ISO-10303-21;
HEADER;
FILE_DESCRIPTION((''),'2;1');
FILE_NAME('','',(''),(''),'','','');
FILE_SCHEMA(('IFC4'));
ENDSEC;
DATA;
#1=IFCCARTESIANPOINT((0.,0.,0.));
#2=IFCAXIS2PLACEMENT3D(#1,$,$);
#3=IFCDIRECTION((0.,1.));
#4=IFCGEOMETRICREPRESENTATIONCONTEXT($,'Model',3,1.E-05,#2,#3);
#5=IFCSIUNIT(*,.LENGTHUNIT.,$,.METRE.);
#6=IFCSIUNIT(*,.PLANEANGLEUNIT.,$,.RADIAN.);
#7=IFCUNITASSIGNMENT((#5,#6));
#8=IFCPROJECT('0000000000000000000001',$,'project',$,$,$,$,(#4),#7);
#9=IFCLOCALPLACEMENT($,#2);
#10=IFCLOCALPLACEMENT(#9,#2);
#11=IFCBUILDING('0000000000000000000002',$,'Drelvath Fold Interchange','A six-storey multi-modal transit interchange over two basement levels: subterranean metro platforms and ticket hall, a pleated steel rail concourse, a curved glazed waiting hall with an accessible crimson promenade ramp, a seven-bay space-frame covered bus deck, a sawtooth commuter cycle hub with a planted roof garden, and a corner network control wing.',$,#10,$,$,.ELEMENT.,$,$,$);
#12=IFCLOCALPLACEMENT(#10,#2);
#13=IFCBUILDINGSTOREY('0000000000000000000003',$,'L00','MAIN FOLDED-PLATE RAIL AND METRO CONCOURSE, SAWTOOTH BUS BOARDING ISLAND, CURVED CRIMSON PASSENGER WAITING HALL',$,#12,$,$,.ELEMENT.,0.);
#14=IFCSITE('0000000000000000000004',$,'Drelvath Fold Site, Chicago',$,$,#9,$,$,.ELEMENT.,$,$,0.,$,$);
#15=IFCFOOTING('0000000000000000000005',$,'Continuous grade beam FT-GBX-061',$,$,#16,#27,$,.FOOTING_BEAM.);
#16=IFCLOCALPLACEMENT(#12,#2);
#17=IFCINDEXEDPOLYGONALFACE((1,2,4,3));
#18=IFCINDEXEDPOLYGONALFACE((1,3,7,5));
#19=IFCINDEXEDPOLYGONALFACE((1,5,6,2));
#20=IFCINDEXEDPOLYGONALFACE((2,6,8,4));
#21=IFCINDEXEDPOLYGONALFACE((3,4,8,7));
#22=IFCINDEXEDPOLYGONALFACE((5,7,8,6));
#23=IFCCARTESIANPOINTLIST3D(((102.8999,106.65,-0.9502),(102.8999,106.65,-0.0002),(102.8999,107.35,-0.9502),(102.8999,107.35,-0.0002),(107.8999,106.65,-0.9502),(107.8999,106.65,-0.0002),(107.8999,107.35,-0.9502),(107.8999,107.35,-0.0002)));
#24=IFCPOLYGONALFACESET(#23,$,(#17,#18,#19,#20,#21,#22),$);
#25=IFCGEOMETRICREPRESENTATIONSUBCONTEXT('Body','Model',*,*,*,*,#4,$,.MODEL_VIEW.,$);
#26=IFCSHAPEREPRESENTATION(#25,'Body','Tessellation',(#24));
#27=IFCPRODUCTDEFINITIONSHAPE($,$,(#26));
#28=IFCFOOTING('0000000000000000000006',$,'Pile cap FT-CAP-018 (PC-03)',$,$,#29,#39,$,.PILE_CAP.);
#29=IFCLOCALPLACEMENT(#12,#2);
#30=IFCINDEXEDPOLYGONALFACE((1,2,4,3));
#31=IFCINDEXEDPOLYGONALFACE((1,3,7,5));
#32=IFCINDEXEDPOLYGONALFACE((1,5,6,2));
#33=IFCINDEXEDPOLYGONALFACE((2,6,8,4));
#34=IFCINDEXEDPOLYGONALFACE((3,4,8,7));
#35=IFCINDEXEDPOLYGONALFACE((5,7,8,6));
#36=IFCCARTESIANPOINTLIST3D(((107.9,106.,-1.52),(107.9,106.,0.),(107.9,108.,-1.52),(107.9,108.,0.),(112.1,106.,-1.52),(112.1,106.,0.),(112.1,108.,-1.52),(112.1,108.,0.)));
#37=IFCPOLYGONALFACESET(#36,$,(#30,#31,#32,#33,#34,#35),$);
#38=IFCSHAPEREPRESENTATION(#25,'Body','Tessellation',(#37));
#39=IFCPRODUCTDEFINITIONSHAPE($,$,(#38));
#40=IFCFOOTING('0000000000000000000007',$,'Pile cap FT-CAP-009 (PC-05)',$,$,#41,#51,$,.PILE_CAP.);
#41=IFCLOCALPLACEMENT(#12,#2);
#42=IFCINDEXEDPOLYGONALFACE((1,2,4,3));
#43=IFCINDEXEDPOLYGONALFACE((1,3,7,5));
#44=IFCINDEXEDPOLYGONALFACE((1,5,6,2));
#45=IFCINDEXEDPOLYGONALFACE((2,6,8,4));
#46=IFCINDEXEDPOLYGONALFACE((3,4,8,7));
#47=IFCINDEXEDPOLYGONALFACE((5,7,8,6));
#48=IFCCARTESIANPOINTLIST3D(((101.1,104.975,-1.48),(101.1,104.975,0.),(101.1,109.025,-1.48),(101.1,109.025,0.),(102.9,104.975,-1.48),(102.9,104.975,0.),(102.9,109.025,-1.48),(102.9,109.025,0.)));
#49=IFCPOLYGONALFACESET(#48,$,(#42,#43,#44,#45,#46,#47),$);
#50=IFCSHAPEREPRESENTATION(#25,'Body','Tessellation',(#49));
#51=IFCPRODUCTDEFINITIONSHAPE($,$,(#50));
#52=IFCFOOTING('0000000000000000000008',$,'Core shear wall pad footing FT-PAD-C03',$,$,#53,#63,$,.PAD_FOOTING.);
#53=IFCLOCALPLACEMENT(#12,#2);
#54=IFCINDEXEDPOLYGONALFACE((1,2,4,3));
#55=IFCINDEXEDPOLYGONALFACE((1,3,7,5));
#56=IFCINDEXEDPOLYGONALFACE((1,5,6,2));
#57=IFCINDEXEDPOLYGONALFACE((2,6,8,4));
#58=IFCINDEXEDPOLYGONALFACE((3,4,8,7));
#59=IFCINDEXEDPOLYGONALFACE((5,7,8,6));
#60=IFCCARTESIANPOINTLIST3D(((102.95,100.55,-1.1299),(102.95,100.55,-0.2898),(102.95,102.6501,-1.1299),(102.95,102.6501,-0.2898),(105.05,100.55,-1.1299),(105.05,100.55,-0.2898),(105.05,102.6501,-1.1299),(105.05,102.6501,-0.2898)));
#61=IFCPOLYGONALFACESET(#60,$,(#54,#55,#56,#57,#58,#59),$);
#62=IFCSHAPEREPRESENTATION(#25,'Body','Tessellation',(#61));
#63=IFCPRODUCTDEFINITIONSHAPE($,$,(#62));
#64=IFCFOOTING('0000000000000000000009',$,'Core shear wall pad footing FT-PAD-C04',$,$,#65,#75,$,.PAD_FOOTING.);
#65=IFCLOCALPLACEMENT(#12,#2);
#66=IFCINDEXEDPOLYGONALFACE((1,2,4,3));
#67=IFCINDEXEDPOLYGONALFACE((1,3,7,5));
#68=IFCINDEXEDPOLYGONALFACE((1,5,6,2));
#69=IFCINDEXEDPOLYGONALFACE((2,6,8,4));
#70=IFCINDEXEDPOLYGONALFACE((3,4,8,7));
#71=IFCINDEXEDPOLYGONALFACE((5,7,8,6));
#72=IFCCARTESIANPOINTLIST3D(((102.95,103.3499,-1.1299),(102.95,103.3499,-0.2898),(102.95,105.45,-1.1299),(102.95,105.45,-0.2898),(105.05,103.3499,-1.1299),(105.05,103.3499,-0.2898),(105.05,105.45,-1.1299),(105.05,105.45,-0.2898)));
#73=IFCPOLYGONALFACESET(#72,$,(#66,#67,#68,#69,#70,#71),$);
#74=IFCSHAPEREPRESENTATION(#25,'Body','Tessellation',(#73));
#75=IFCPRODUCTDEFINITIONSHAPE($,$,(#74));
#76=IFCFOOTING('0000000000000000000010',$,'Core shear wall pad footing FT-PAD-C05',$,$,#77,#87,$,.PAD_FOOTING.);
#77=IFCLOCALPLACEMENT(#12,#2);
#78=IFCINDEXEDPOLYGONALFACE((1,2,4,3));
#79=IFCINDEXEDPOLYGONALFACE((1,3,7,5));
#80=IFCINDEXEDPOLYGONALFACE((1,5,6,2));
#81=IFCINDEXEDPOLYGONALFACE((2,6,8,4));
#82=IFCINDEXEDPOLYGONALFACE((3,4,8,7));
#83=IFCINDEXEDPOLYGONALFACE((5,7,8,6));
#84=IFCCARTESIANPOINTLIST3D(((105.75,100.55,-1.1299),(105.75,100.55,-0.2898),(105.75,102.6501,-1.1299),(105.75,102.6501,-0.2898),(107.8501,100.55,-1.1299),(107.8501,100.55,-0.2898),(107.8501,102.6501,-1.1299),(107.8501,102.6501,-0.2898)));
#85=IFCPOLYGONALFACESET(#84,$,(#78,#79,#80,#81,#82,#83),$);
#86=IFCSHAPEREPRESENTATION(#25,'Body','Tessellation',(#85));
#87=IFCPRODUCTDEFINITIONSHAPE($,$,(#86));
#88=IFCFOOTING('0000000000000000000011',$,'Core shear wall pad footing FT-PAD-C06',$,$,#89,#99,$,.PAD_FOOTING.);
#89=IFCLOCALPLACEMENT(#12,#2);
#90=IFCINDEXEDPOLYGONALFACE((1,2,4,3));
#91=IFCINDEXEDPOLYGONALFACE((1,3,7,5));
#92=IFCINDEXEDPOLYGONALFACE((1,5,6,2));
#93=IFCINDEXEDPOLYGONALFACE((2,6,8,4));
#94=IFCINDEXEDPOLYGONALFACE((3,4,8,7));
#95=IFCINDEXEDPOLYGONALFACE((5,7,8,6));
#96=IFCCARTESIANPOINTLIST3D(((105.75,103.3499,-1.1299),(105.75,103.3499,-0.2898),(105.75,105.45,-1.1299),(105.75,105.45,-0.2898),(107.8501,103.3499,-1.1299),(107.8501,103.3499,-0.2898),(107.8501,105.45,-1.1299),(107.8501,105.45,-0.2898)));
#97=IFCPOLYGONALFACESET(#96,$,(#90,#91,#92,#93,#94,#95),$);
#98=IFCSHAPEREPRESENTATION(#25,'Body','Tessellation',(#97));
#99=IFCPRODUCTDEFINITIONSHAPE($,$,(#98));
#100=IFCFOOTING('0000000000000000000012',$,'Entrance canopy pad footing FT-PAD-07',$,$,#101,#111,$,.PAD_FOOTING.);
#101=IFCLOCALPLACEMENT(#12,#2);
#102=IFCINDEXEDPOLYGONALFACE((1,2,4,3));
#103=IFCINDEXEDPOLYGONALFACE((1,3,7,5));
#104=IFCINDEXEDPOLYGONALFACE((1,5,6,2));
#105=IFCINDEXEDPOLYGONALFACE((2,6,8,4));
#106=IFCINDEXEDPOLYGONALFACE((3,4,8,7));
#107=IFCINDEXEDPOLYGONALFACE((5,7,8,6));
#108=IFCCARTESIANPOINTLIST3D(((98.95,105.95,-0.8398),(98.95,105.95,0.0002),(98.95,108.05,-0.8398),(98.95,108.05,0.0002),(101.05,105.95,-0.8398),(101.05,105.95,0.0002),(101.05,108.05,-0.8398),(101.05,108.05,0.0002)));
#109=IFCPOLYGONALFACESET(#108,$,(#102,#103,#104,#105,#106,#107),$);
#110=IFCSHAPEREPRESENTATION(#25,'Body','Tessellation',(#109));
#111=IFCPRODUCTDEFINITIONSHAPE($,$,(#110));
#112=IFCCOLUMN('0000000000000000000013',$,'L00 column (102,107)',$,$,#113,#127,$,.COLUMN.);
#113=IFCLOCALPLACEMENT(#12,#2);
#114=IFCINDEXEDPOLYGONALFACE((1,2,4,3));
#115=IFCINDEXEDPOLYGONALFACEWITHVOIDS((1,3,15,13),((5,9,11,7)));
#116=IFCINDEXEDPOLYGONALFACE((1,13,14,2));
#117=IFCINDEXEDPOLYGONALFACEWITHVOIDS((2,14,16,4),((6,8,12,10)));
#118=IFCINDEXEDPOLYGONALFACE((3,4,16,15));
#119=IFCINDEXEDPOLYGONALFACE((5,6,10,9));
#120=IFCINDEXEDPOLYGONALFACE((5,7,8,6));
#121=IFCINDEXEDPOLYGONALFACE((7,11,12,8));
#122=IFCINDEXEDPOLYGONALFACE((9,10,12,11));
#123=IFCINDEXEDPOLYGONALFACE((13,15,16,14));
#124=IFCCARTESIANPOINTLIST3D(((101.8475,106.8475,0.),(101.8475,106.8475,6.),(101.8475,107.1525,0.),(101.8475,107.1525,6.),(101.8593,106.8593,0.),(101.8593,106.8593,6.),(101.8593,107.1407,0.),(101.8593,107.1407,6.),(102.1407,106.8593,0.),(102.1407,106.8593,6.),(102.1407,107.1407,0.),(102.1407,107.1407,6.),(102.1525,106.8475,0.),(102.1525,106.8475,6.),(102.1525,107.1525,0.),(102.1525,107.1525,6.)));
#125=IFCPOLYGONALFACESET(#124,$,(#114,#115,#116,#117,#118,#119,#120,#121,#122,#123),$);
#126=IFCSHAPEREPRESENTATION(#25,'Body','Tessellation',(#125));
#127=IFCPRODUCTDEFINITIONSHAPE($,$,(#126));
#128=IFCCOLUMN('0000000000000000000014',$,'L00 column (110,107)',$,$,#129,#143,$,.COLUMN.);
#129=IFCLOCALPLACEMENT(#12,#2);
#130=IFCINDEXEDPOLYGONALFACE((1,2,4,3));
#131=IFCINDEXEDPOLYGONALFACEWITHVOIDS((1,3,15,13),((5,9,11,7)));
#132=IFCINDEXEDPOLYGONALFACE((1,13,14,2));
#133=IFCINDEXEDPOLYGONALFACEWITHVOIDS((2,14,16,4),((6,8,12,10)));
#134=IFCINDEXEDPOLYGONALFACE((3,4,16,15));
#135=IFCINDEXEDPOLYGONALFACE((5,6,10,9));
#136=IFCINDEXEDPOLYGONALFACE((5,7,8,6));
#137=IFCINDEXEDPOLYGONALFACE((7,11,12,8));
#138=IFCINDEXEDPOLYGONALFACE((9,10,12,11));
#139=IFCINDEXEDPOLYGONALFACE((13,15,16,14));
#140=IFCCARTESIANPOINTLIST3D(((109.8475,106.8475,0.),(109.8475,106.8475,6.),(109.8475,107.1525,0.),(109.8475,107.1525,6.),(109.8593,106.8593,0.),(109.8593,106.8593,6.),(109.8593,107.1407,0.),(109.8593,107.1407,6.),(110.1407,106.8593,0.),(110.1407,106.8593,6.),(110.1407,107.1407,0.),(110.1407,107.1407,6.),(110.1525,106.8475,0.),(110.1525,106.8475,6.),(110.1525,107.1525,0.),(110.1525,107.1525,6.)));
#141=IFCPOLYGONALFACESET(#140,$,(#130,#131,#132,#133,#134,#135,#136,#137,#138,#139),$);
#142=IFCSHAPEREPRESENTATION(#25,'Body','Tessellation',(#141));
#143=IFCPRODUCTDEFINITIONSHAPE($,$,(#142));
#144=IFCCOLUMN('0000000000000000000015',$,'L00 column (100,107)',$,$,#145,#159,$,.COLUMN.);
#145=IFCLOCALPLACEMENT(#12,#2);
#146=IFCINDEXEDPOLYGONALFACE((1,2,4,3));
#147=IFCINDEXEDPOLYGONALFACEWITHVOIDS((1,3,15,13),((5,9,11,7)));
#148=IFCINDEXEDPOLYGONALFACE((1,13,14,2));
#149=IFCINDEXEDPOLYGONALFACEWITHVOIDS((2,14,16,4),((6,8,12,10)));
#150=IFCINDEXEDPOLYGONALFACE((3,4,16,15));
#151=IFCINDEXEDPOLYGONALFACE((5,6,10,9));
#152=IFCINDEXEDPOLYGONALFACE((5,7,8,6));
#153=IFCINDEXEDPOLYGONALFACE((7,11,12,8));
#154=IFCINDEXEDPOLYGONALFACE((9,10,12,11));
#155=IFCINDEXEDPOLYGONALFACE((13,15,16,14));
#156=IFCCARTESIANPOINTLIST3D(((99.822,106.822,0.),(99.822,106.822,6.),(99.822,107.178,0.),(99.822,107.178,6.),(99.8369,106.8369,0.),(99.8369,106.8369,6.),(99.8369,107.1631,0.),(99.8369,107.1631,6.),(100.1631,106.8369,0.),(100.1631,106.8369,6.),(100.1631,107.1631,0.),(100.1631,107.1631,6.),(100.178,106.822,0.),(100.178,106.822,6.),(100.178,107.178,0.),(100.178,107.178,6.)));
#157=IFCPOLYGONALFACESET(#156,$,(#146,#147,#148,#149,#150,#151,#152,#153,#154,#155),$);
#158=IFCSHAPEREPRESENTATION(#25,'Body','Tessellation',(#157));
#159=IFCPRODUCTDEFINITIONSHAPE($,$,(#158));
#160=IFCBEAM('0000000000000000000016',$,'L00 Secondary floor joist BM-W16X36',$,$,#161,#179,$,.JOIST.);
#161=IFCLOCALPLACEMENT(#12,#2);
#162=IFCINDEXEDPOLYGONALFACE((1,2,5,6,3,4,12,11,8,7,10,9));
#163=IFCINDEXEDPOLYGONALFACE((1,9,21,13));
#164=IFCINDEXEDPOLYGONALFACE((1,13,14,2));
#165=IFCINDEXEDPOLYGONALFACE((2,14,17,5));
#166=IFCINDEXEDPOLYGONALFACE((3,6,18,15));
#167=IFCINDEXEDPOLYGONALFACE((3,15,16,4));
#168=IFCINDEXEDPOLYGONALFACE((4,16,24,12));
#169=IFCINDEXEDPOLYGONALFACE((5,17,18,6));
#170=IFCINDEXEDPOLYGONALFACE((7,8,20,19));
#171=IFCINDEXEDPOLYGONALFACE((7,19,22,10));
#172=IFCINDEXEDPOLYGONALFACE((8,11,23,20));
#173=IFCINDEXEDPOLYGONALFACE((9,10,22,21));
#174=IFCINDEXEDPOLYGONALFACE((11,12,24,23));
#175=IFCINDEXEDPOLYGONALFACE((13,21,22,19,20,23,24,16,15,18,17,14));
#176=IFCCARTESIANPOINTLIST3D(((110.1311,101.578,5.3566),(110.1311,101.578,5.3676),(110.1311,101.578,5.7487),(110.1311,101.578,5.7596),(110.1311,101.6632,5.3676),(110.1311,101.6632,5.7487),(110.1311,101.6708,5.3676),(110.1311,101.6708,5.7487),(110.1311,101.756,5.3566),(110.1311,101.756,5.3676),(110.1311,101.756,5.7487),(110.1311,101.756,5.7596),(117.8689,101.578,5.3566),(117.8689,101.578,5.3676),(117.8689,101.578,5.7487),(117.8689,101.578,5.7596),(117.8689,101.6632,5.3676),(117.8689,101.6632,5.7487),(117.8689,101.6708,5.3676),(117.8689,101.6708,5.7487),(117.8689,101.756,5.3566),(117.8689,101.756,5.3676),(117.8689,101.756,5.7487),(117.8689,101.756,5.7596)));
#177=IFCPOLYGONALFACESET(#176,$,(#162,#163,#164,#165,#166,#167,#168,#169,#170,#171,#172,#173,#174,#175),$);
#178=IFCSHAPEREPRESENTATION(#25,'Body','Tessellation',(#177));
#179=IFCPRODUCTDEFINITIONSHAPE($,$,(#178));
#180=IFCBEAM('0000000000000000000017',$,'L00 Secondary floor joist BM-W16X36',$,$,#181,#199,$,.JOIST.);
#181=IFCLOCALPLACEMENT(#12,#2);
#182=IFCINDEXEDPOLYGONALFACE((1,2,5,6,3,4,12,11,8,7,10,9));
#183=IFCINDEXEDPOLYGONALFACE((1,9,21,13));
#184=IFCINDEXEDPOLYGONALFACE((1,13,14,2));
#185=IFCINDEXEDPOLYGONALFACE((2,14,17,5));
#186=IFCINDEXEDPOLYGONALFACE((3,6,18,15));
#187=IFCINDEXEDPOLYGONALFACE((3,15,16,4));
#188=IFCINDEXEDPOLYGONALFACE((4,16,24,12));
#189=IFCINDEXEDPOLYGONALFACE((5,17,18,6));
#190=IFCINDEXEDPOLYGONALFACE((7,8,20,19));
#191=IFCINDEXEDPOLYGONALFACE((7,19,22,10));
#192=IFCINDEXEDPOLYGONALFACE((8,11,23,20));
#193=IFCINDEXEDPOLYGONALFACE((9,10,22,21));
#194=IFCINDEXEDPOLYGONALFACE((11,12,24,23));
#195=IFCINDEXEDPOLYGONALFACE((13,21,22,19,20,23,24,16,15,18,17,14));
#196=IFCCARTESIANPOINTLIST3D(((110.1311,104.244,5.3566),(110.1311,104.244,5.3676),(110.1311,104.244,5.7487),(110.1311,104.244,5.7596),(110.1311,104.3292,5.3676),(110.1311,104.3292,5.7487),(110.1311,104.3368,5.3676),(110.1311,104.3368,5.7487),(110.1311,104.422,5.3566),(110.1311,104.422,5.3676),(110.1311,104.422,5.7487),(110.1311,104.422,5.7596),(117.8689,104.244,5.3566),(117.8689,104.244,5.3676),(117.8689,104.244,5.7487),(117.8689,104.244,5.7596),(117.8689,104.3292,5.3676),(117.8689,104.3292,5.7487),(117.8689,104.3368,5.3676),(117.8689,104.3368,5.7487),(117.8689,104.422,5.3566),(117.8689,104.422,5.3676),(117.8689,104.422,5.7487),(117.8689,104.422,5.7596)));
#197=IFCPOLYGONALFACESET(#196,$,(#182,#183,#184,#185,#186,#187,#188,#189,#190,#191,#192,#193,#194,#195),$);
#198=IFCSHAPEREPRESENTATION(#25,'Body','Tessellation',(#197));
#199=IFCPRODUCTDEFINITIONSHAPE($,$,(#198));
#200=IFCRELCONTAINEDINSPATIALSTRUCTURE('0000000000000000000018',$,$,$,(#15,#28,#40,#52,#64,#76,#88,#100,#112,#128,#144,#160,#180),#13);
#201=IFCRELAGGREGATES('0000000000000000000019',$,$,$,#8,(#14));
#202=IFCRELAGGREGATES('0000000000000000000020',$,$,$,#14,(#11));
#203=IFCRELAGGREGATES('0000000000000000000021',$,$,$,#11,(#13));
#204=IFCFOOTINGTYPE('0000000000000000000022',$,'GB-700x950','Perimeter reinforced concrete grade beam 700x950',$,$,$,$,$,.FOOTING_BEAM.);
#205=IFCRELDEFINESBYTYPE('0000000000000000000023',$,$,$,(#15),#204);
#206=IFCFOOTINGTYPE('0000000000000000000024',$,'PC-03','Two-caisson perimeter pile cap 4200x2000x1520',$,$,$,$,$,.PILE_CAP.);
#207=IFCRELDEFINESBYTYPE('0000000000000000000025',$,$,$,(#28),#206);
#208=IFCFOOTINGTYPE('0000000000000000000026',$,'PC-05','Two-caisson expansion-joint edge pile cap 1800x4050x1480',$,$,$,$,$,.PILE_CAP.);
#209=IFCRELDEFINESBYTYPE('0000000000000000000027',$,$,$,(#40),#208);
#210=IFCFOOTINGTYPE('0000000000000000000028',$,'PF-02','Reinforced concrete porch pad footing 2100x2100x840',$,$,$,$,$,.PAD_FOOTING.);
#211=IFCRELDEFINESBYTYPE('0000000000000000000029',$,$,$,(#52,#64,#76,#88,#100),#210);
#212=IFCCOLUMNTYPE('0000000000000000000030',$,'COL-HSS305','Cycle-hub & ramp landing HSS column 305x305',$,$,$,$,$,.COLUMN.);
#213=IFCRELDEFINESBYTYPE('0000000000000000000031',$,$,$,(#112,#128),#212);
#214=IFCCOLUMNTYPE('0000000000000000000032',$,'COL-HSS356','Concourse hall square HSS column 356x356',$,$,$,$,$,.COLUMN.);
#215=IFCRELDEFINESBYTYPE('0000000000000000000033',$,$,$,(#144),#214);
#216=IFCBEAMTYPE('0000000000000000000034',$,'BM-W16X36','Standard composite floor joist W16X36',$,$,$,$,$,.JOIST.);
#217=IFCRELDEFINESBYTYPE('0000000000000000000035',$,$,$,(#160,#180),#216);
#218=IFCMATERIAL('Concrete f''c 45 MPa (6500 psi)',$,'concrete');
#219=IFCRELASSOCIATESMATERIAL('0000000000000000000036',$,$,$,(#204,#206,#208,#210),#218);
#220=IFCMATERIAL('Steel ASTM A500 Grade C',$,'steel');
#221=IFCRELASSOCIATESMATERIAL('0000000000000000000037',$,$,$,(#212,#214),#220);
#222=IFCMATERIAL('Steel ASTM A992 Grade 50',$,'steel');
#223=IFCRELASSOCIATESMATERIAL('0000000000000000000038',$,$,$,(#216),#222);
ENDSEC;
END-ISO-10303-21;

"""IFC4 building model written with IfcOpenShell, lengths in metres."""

from ifc_helpers import new_model, si_unit, direction, frame, origin, origin_2d, place, context, subcontext, project, spatial, rectangle, hollow_rectangle, i_section, extrude, material, material_profile, profile_set, type_object, element, save


model = new_model("IFC4")

# Units and contexts
model_context = context("Model", 3, precision=1e-05, world=origin(), true_north=direction((0.0, 1.0)))
body_context = subcontext(model_context, "Body", "Model", "MODEL_VIEW")
ifc_project = project(units=[si_unit("LENGTHUNIT", "METRE"), si_unit("PLANEANGLEUNIT", "RADIAN")], contexts=[model_context])

# Site, building, storey
site_placement = place(None, origin())
site = spatial("IfcSite", under=ifc_project, at=site_placement, Name="Drelvath Fold Site, Chicago", CompositionType="ELEMENT", RefElevation=0.0)
building_placement = place(site_placement, origin())
building = spatial("IfcBuilding", under=site, at=building_placement, Name="Drelvath Fold Interchange", Description="A six-storey multi-modal transit interchange over two basement levels: subterranean metro platforms and ticket hall, a pleated steel rail concourse, a curved glazed waiting hall with an accessible crimson promenade ramp, a seven-bay space-frame covered bus deck, a sawtooth commuter cycle hub with a planted roof garden, and a corner network control wing.", CompositionType="ELEMENT")
storey_placement = place(building_placement, origin())
storey = spatial("IfcBuildingStorey", under=building, at=storey_placement, Name="L00", Description="MAIN FOLDED-PLATE RAIL AND METRO CONCOURSE, SAWTOOTH BUS BOARDING ISLAND, CURVED CRIMSON PASSENGER WAITING HALL", CompositionType="ELEMENT", Elevation=0.0)

# Footings
ifc_material_1 = material(Name="Concrete f'c 45 MPa (6500 psi)", Category="concrete")
footing_type_1 = type_object("IfcFootingType", Name="GB-700x950", Description="Perimeter reinforced concrete grade beam 700x950", PredefinedType="FOOTING_BEAM", material=ifc_material_1)
footing_1_placement = place(storey_placement, frame((105.3999, 107.0, -0.9502), z_axis=(0.0, 0.0, 1.0), x_axis=(1.0, 0.0, 0.0)))
element("IfcFooting", 1, at=footing_1_placement, inside=storey, type_object=footing_type_1, Name="Continuous grade beam FT-GBX-061", PredefinedType="FOOTING_BEAM", context=body_context, shape_type="SweptSolid", body=[
    extrude(rectangle(XDim=5.0, YDim=0.7, at=origin_2d()), origin(), (0.0, 0.0, 1.0), 0.95),
])
footing_type_2 = type_object("IfcFootingType", Name="PC-03", Description="Two-caisson perimeter pile cap 4200x2000x1520", PredefinedType="PILE_CAP", material=ifc_material_1)
footing_2_placement = place(storey_placement, frame((110.0, 107.0, -1.52), z_axis=(0.0, 0.0, 1.0), x_axis=(1.0, 0.0, 0.0)))
element("IfcFooting", 2, at=footing_2_placement, inside=storey, type_object=footing_type_2, Name="Pile cap FT-CAP-018 (PC-03)", PredefinedType="PILE_CAP", context=body_context, shape_type="SweptSolid", body=[
    extrude(rectangle(XDim=4.2, YDim=2.0, at=origin_2d()), origin(), (0.0, 0.0, 1.0), 1.52),
])
footing_type_3 = type_object("IfcFootingType", Name="PC-05", Description="Two-caisson expansion-joint edge pile cap 1800x4050x1480", PredefinedType="PILE_CAP", material=ifc_material_1)
footing_3_placement = place(storey_placement, frame((102.0, 107.0, -1.48), z_axis=(0.0, 0.0, 1.0), x_axis=(1.0, 0.0, 0.0)))
element("IfcFooting", 3, at=footing_3_placement, inside=storey, type_object=footing_type_3, Name="Pile cap FT-CAP-009 (PC-05)", PredefinedType="PILE_CAP", context=body_context, shape_type="SweptSolid", body=[
    extrude(rectangle(XDim=1.8, YDim=4.05, at=origin_2d()), origin(), (0.0, 0.0, 1.0), 1.48),
])
footing_type_4 = type_object("IfcFootingType", Name="PF-02", Description="Reinforced concrete porch pad footing 2100x2100x840", PredefinedType="PAD_FOOTING", material=ifc_material_1)
for number, where, z_axis, x_axis, name in (
    (4, (104.0, 101.6001, -1.1299), (0.0, 0.0, 1.0), (1.0, 0.0, 0.0), "Core shear wall pad footing FT-PAD-C03"),
    (5, (104.0, 104.3999, -1.1299), (0.0, 0.0, 1.0), (1.0, 0.0, 0.0), "Core shear wall pad footing FT-PAD-C04"),
    (6, (106.8, 101.6001, -1.1299), (0.0, 0.0, 1.0), (1.0, 0.0, 0.0), "Core shear wall pad footing FT-PAD-C05"),
    (7, (106.8, 104.3999, -1.1299), (0.0, 0.0, 1.0), (1.0, 0.0, 0.0), "Core shear wall pad footing FT-PAD-C06"),
    (8, (100.0, 107.0, -0.8398), (0.0, 0.0, 1.0), (1.0, 0.0, 0.0), "Entrance canopy pad footing FT-PAD-07"),
):
    element("IfcFooting", number, at=place(storey_placement, frame(where, z_axis=z_axis, x_axis=x_axis)), inside=storey, type_object=footing_type_4, Name=name, PredefinedType="PAD_FOOTING", context=body_context, shape_type="SweptSolid", body=[
        extrude(rectangle(XDim=2.1001, YDim=2.1001, at=origin_2d()), origin(), (0.0, 0.0, 1.0), 0.8401),
    ])

# Columns
ifc_material_2 = material(Name="Steel ASTM A500 Grade C", Category="steel")
ifc_material_profile_1 = material_profile(ifc_material_2, hollow_rectangle(XDim=0.3049, YDim=0.3049, WallThickness=0.0117, at=origin_2d()), Name="HSS12X12X1/2")
ifc_profile_set_1 = profile_set([ifc_material_profile_1], Name="Steel ASTM A500 Grade C")
column_type_1 = type_object("IfcColumnType", Name="COL-HSS305", Description="Cycle-hub & ramp landing HSS column 305x305", PredefinedType="COLUMN", material=ifc_profile_set_1)
for number, where, z_axis, x_axis, name in (
    (9, (102.0, 107.0, 0.0), (0.0, 0.0, 1.0), (1.0, 0.0, 0.0), "L00 column (102,107)"),
    (10, (110.0, 107.0, 0.0), (0.0, 0.0, 1.0), (1.0, 0.0, 0.0), "L00 column (110,107)"),
):
    element("IfcColumn", number, at=place(storey_placement, frame(where, z_axis=z_axis, x_axis=x_axis)), inside=storey, type_object=column_type_1, Name=name, PredefinedType="COLUMN", context=body_context, shape_type="SweptSolid", body=[
        extrude(hollow_rectangle(XDim=0.3049, YDim=0.3049, WallThickness=0.0117, at=origin_2d()), origin(), (0.0, 0.0, 1.0), 6.0),
    ])
ifc_material_profile_2 = material_profile(ifc_material_2, hollow_rectangle(XDim=0.356, YDim=0.356, WallThickness=0.0149, at=origin_2d()), Name="HSS14X14X5/8")
ifc_profile_set_2 = profile_set([ifc_material_profile_2], Name="Steel ASTM A500 Grade C")
column_type_2 = type_object("IfcColumnType", Name="COL-HSS356", Description="Concourse hall square HSS column 356x356", PredefinedType="COLUMN", material=ifc_profile_set_2)
column_placement = place(storey_placement, frame((100.0, 107.0, 0.0), z_axis=(0.0, 0.0, 1.0), x_axis=(1.0, 0.0, 0.0)))
element("IfcColumn", 11, at=column_placement, inside=storey, type_object=column_type_2, Name="L00 column (100,107)", PredefinedType="COLUMN", context=body_context, shape_type="SweptSolid", body=[
    extrude(hollow_rectangle(XDim=0.356, YDim=0.356, WallThickness=0.0149, at=origin_2d()), origin(), (0.0, 0.0, 1.0), 6.0),
])

# Beams
ifc_material_3 = material(Name="Steel ASTM A992 Grade 50", Category="steel")
ifc_material_profile_3 = material_profile(ifc_material_3, i_section(OverallWidth=0.178, OverallDepth=0.4031, WebThickness=0.0076, FlangeThickness=0.011, at=origin_2d()), Name="W16X36")
ifc_profile_set_3 = profile_set([ifc_material_profile_3], Name="Steel ASTM A992 Grade 50")
beam_type_1 = type_object("IfcBeamType", Name="BM-W16X36", Description="Standard composite floor joist W16X36", PredefinedType="JOIST", material=ifc_profile_set_3)
for number, where, z_axis, x_axis, name in (
    (12, (110.1311, 101.667, 5.5581), (1.0, 0.0, 0.0), (0.0, 1.0, 0.0), "L00 Secondary floor joist BM-W16X36"),
    (13, (110.1311, 104.333, 5.5581), (1.0, 0.0, 0.0), (0.0, 1.0, 0.0), "L00 Secondary floor joist BM-W16X36"),
):
    element("IfcBeam", number, at=place(storey_placement, frame(where, z_axis=z_axis, x_axis=x_axis)), inside=storey, type_object=beam_type_1, Name=name, PredefinedType="JOIST", context=body_context, shape_type="SweptSolid", body=[
        extrude(i_section(OverallWidth=0.178, OverallDepth=0.4031, WebThickness=0.0076, FlangeThickness=0.011, at=origin_2d()), origin(), (0.0, 0.0, 1.0), 7.7378),
    ])

save(model, "model.ifc")
